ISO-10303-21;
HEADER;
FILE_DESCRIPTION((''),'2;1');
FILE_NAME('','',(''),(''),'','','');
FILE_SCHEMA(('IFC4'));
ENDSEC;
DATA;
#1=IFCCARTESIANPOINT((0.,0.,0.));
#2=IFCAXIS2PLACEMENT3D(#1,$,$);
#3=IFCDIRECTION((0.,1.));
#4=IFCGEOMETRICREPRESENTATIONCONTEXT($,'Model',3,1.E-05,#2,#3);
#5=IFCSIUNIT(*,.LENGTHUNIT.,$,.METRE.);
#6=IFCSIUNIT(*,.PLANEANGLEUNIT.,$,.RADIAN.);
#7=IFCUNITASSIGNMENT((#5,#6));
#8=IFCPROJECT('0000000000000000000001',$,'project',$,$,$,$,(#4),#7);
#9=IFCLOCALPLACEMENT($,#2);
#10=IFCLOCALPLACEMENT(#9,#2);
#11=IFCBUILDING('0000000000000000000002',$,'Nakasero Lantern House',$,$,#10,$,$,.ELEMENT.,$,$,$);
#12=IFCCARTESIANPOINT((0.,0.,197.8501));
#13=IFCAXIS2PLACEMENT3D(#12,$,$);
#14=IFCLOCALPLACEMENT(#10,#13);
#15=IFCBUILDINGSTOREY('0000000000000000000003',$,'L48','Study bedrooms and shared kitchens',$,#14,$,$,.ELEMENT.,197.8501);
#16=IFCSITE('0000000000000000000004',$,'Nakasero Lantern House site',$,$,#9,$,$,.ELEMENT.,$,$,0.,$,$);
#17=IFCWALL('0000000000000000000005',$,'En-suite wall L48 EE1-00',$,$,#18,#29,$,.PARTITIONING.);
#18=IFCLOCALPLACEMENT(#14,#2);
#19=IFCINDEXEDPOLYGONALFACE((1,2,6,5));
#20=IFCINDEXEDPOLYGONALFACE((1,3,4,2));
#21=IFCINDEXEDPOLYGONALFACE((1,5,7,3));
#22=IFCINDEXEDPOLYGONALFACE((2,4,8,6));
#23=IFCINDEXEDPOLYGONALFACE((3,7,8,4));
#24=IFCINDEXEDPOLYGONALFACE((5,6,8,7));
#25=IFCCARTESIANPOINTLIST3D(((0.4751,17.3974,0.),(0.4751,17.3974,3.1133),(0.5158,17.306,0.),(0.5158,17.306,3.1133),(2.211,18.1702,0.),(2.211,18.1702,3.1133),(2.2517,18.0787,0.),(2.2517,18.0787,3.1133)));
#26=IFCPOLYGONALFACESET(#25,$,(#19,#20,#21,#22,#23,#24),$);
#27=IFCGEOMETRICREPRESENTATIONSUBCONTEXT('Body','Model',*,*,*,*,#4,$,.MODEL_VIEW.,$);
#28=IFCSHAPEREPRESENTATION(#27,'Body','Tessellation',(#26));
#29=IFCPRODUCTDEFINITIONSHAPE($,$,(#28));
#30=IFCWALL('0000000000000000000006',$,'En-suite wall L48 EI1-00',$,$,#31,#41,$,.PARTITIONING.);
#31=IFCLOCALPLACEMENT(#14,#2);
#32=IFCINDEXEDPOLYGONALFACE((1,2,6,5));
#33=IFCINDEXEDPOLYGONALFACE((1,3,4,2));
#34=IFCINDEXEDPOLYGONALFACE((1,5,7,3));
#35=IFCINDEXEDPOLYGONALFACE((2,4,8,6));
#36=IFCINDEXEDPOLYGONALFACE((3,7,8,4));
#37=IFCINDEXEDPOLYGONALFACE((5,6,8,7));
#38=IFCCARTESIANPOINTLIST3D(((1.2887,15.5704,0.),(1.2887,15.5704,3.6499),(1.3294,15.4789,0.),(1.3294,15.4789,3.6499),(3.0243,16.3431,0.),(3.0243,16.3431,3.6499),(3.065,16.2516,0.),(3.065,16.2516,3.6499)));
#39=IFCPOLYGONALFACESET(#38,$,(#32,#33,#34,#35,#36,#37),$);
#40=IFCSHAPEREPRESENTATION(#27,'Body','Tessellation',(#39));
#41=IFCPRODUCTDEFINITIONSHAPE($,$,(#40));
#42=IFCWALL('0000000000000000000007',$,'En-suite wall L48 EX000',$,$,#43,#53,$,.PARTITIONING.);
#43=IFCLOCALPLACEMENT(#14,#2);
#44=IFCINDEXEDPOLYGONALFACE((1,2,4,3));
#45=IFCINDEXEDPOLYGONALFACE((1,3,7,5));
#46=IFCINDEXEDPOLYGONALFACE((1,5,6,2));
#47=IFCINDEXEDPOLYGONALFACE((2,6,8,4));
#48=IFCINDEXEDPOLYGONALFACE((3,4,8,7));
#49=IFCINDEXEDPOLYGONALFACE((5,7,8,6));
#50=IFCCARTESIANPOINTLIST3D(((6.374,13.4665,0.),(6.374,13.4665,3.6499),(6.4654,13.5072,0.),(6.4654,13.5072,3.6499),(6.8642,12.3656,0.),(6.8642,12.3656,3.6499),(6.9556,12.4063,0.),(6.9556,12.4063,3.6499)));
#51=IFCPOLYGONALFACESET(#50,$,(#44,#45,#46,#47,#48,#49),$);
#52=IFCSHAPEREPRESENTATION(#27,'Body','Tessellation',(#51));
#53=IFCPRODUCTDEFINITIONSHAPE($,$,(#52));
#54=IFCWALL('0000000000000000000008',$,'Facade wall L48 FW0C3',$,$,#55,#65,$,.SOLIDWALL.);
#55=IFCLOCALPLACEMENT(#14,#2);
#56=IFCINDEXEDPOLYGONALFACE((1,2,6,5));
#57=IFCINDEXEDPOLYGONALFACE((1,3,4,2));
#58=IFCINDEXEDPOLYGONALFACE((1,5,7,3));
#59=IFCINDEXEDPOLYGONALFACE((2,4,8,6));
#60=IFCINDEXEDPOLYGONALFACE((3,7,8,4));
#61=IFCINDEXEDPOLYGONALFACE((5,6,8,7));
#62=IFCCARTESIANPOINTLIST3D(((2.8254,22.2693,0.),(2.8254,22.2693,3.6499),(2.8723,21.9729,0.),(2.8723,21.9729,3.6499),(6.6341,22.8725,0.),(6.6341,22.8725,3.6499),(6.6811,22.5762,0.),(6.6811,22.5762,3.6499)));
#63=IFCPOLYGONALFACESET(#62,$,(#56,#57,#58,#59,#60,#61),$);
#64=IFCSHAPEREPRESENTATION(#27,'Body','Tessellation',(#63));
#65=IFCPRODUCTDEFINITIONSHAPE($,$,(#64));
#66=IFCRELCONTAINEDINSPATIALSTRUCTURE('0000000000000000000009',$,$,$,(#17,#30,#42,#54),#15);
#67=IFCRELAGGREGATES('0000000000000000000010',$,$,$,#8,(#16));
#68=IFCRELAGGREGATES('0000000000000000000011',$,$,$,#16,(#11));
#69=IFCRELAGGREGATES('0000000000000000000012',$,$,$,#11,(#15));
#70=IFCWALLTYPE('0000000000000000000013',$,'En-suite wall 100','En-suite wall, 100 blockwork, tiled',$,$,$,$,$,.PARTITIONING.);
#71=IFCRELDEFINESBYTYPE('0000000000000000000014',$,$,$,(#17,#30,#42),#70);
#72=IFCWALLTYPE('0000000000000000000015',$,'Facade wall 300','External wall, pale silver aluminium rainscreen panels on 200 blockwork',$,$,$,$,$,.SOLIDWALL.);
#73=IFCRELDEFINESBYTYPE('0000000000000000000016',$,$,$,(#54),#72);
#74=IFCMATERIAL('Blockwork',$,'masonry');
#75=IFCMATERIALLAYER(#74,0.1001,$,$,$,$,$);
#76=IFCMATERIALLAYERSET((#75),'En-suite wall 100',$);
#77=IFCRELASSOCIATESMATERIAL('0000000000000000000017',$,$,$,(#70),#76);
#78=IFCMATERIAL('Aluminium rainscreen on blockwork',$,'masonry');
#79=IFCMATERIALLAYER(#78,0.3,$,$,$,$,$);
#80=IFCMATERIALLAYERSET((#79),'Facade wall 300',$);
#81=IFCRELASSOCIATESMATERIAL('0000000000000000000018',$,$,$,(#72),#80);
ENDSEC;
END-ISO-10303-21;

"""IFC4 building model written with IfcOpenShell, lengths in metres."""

from ifc_helpers import new_model, si_unit, direction, frame, frame_2d, origin, place, context, subcontext, project, spatial, rectangle, extrude, material, layer, layer_set, type_object, element, save


model = new_model("IFC4")

# Units and contexts
model_context = context("Model", 3, precision=1e-05, world=origin(), true_north=direction((0.0, 1.0)))
body_context = subcontext(model_context, "Body", "Model", "MODEL_VIEW")
ifc_project = project(units=[si_unit("LENGTHUNIT", "METRE"), si_unit("PLANEANGLEUNIT", "RADIAN")], contexts=[model_context])

# Site, building, storey
site_placement = place(None, origin())
site = spatial("IfcSite", under=ifc_project, at=site_placement, Name="Nakasero Lantern House site", CompositionType="ELEMENT", RefElevation=0.0)
building_placement = place(site_placement, origin())
building = spatial("IfcBuilding", under=site, at=building_placement, Name="Nakasero Lantern House", CompositionType="ELEMENT")
storey_placement = place(building_placement, frame((0.0, 0.0, 197.8501)))
storey = spatial("IfcBuildingStorey", under=building, at=storey_placement, Name="L48", Description="Study bedrooms and shared kitchens", CompositionType="ELEMENT", Elevation=197.8501)

# Shared definitions
ifc_material_1 = material(Name="Blockwork", Category="masonry")
ifc_layer_1 = layer(ifc_material_1, 0.1001)
ifc_layer_set_1 = layer_set([ifc_layer_1], Name="En-suite wall 100")
wall_type_1 = type_object("IfcWallType", Name="En-suite wall 100", Description="En-suite wall, 100 blockwork, tiled", PredefinedType="PARTITIONING", material=ifc_layer_set_1)

# Walls
wall_1_placement = place(storey_placement, frame((2.2314, 18.1245, 0.0), z_axis=(0.0, 0.0, 1.0), x_axis=(-0.913573, -0.406675, 0.0)))
element("IfcWall", 1, at=wall_1_placement, inside=storey, type_object=wall_type_1, Name="En-suite wall L48 EE1-00", PredefinedType="PARTITIONING", context=body_context, shape_type="SweptSolid", body=[
    extrude(rectangle(XDim=1.9001, YDim=0.1001, at=frame_2d((0.9502, 0.0))), origin(), (0.0, 0.0, 1.0), 3.1133),
])
wall_2_placement = place(storey_placement, frame((3.0447, 16.2974, 0.0), z_axis=(0.0, 0.0, 1.0), x_axis=(-0.913552, -0.406723, 0.0)))
element("IfcWall", 2, at=wall_2_placement, inside=storey, type_object=wall_type_1, Name="En-suite wall L48 EI1-00", PredefinedType="PARTITIONING", context=body_context, shape_type="SweptSolid", body=[
    extrude(rectangle(XDim=1.8999, YDim=0.1001, at=frame_2d((0.95, 0.0))), origin(), (0.0, 0.0, 1.0), 3.6499),
])
wall_3_placement = place(storey_placement, frame((6.4197, 13.4868, 0.0), z_axis=(0.0, 0.0, 1.0), x_axis=(0.406815, -0.913511, 0.0)))
element("IfcWall", 3, at=wall_3_placement, inside=storey, type_object=wall_type_1, Name="En-suite wall L48 EX000", PredefinedType="PARTITIONING", context=body_context, shape_type="SweptSolid", body=[
    extrude(rectangle(XDim=1.2051, YDim=0.1001, at=frame_2d((0.6025, 0.0))), origin(), (0.0, 0.0, 1.0), 3.6499),
])
ifc_material_2 = material(Name="Aluminium rainscreen on blockwork", Category="masonry")
ifc_layer_2 = layer(ifc_material_2, 0.3)
ifc_layer_set_2 = layer_set([ifc_layer_2], Name="Facade wall 300")
wall_type_2 = type_object("IfcWallType", Name="Facade wall 300", Description="External wall, pale silver aluminium rainscreen panels on 200 blockwork", PredefinedType="SOLIDWALL", material=ifc_layer_set_2)
wall_4_placement = place(storey_placement, frame((6.6577, 22.7244, 0.0), z_axis=(0.0, 0.0, 1.0), x_axis=(-0.987688, -0.156437, 0.0)))
element("IfcWall", 4, at=wall_4_placement, inside=storey, type_object=wall_type_2, Name="Facade wall L48 FW0C3", PredefinedType="SOLIDWALL", context=body_context, shape_type="SweptSolid", body=[
    extrude(rectangle(XDim=3.8562, YDim=0.3, at=frame_2d((1.9282, 0.0))), origin(), (0.0, 0.0, 1.0), 3.6499),
])

save(model, "model.ifc")
